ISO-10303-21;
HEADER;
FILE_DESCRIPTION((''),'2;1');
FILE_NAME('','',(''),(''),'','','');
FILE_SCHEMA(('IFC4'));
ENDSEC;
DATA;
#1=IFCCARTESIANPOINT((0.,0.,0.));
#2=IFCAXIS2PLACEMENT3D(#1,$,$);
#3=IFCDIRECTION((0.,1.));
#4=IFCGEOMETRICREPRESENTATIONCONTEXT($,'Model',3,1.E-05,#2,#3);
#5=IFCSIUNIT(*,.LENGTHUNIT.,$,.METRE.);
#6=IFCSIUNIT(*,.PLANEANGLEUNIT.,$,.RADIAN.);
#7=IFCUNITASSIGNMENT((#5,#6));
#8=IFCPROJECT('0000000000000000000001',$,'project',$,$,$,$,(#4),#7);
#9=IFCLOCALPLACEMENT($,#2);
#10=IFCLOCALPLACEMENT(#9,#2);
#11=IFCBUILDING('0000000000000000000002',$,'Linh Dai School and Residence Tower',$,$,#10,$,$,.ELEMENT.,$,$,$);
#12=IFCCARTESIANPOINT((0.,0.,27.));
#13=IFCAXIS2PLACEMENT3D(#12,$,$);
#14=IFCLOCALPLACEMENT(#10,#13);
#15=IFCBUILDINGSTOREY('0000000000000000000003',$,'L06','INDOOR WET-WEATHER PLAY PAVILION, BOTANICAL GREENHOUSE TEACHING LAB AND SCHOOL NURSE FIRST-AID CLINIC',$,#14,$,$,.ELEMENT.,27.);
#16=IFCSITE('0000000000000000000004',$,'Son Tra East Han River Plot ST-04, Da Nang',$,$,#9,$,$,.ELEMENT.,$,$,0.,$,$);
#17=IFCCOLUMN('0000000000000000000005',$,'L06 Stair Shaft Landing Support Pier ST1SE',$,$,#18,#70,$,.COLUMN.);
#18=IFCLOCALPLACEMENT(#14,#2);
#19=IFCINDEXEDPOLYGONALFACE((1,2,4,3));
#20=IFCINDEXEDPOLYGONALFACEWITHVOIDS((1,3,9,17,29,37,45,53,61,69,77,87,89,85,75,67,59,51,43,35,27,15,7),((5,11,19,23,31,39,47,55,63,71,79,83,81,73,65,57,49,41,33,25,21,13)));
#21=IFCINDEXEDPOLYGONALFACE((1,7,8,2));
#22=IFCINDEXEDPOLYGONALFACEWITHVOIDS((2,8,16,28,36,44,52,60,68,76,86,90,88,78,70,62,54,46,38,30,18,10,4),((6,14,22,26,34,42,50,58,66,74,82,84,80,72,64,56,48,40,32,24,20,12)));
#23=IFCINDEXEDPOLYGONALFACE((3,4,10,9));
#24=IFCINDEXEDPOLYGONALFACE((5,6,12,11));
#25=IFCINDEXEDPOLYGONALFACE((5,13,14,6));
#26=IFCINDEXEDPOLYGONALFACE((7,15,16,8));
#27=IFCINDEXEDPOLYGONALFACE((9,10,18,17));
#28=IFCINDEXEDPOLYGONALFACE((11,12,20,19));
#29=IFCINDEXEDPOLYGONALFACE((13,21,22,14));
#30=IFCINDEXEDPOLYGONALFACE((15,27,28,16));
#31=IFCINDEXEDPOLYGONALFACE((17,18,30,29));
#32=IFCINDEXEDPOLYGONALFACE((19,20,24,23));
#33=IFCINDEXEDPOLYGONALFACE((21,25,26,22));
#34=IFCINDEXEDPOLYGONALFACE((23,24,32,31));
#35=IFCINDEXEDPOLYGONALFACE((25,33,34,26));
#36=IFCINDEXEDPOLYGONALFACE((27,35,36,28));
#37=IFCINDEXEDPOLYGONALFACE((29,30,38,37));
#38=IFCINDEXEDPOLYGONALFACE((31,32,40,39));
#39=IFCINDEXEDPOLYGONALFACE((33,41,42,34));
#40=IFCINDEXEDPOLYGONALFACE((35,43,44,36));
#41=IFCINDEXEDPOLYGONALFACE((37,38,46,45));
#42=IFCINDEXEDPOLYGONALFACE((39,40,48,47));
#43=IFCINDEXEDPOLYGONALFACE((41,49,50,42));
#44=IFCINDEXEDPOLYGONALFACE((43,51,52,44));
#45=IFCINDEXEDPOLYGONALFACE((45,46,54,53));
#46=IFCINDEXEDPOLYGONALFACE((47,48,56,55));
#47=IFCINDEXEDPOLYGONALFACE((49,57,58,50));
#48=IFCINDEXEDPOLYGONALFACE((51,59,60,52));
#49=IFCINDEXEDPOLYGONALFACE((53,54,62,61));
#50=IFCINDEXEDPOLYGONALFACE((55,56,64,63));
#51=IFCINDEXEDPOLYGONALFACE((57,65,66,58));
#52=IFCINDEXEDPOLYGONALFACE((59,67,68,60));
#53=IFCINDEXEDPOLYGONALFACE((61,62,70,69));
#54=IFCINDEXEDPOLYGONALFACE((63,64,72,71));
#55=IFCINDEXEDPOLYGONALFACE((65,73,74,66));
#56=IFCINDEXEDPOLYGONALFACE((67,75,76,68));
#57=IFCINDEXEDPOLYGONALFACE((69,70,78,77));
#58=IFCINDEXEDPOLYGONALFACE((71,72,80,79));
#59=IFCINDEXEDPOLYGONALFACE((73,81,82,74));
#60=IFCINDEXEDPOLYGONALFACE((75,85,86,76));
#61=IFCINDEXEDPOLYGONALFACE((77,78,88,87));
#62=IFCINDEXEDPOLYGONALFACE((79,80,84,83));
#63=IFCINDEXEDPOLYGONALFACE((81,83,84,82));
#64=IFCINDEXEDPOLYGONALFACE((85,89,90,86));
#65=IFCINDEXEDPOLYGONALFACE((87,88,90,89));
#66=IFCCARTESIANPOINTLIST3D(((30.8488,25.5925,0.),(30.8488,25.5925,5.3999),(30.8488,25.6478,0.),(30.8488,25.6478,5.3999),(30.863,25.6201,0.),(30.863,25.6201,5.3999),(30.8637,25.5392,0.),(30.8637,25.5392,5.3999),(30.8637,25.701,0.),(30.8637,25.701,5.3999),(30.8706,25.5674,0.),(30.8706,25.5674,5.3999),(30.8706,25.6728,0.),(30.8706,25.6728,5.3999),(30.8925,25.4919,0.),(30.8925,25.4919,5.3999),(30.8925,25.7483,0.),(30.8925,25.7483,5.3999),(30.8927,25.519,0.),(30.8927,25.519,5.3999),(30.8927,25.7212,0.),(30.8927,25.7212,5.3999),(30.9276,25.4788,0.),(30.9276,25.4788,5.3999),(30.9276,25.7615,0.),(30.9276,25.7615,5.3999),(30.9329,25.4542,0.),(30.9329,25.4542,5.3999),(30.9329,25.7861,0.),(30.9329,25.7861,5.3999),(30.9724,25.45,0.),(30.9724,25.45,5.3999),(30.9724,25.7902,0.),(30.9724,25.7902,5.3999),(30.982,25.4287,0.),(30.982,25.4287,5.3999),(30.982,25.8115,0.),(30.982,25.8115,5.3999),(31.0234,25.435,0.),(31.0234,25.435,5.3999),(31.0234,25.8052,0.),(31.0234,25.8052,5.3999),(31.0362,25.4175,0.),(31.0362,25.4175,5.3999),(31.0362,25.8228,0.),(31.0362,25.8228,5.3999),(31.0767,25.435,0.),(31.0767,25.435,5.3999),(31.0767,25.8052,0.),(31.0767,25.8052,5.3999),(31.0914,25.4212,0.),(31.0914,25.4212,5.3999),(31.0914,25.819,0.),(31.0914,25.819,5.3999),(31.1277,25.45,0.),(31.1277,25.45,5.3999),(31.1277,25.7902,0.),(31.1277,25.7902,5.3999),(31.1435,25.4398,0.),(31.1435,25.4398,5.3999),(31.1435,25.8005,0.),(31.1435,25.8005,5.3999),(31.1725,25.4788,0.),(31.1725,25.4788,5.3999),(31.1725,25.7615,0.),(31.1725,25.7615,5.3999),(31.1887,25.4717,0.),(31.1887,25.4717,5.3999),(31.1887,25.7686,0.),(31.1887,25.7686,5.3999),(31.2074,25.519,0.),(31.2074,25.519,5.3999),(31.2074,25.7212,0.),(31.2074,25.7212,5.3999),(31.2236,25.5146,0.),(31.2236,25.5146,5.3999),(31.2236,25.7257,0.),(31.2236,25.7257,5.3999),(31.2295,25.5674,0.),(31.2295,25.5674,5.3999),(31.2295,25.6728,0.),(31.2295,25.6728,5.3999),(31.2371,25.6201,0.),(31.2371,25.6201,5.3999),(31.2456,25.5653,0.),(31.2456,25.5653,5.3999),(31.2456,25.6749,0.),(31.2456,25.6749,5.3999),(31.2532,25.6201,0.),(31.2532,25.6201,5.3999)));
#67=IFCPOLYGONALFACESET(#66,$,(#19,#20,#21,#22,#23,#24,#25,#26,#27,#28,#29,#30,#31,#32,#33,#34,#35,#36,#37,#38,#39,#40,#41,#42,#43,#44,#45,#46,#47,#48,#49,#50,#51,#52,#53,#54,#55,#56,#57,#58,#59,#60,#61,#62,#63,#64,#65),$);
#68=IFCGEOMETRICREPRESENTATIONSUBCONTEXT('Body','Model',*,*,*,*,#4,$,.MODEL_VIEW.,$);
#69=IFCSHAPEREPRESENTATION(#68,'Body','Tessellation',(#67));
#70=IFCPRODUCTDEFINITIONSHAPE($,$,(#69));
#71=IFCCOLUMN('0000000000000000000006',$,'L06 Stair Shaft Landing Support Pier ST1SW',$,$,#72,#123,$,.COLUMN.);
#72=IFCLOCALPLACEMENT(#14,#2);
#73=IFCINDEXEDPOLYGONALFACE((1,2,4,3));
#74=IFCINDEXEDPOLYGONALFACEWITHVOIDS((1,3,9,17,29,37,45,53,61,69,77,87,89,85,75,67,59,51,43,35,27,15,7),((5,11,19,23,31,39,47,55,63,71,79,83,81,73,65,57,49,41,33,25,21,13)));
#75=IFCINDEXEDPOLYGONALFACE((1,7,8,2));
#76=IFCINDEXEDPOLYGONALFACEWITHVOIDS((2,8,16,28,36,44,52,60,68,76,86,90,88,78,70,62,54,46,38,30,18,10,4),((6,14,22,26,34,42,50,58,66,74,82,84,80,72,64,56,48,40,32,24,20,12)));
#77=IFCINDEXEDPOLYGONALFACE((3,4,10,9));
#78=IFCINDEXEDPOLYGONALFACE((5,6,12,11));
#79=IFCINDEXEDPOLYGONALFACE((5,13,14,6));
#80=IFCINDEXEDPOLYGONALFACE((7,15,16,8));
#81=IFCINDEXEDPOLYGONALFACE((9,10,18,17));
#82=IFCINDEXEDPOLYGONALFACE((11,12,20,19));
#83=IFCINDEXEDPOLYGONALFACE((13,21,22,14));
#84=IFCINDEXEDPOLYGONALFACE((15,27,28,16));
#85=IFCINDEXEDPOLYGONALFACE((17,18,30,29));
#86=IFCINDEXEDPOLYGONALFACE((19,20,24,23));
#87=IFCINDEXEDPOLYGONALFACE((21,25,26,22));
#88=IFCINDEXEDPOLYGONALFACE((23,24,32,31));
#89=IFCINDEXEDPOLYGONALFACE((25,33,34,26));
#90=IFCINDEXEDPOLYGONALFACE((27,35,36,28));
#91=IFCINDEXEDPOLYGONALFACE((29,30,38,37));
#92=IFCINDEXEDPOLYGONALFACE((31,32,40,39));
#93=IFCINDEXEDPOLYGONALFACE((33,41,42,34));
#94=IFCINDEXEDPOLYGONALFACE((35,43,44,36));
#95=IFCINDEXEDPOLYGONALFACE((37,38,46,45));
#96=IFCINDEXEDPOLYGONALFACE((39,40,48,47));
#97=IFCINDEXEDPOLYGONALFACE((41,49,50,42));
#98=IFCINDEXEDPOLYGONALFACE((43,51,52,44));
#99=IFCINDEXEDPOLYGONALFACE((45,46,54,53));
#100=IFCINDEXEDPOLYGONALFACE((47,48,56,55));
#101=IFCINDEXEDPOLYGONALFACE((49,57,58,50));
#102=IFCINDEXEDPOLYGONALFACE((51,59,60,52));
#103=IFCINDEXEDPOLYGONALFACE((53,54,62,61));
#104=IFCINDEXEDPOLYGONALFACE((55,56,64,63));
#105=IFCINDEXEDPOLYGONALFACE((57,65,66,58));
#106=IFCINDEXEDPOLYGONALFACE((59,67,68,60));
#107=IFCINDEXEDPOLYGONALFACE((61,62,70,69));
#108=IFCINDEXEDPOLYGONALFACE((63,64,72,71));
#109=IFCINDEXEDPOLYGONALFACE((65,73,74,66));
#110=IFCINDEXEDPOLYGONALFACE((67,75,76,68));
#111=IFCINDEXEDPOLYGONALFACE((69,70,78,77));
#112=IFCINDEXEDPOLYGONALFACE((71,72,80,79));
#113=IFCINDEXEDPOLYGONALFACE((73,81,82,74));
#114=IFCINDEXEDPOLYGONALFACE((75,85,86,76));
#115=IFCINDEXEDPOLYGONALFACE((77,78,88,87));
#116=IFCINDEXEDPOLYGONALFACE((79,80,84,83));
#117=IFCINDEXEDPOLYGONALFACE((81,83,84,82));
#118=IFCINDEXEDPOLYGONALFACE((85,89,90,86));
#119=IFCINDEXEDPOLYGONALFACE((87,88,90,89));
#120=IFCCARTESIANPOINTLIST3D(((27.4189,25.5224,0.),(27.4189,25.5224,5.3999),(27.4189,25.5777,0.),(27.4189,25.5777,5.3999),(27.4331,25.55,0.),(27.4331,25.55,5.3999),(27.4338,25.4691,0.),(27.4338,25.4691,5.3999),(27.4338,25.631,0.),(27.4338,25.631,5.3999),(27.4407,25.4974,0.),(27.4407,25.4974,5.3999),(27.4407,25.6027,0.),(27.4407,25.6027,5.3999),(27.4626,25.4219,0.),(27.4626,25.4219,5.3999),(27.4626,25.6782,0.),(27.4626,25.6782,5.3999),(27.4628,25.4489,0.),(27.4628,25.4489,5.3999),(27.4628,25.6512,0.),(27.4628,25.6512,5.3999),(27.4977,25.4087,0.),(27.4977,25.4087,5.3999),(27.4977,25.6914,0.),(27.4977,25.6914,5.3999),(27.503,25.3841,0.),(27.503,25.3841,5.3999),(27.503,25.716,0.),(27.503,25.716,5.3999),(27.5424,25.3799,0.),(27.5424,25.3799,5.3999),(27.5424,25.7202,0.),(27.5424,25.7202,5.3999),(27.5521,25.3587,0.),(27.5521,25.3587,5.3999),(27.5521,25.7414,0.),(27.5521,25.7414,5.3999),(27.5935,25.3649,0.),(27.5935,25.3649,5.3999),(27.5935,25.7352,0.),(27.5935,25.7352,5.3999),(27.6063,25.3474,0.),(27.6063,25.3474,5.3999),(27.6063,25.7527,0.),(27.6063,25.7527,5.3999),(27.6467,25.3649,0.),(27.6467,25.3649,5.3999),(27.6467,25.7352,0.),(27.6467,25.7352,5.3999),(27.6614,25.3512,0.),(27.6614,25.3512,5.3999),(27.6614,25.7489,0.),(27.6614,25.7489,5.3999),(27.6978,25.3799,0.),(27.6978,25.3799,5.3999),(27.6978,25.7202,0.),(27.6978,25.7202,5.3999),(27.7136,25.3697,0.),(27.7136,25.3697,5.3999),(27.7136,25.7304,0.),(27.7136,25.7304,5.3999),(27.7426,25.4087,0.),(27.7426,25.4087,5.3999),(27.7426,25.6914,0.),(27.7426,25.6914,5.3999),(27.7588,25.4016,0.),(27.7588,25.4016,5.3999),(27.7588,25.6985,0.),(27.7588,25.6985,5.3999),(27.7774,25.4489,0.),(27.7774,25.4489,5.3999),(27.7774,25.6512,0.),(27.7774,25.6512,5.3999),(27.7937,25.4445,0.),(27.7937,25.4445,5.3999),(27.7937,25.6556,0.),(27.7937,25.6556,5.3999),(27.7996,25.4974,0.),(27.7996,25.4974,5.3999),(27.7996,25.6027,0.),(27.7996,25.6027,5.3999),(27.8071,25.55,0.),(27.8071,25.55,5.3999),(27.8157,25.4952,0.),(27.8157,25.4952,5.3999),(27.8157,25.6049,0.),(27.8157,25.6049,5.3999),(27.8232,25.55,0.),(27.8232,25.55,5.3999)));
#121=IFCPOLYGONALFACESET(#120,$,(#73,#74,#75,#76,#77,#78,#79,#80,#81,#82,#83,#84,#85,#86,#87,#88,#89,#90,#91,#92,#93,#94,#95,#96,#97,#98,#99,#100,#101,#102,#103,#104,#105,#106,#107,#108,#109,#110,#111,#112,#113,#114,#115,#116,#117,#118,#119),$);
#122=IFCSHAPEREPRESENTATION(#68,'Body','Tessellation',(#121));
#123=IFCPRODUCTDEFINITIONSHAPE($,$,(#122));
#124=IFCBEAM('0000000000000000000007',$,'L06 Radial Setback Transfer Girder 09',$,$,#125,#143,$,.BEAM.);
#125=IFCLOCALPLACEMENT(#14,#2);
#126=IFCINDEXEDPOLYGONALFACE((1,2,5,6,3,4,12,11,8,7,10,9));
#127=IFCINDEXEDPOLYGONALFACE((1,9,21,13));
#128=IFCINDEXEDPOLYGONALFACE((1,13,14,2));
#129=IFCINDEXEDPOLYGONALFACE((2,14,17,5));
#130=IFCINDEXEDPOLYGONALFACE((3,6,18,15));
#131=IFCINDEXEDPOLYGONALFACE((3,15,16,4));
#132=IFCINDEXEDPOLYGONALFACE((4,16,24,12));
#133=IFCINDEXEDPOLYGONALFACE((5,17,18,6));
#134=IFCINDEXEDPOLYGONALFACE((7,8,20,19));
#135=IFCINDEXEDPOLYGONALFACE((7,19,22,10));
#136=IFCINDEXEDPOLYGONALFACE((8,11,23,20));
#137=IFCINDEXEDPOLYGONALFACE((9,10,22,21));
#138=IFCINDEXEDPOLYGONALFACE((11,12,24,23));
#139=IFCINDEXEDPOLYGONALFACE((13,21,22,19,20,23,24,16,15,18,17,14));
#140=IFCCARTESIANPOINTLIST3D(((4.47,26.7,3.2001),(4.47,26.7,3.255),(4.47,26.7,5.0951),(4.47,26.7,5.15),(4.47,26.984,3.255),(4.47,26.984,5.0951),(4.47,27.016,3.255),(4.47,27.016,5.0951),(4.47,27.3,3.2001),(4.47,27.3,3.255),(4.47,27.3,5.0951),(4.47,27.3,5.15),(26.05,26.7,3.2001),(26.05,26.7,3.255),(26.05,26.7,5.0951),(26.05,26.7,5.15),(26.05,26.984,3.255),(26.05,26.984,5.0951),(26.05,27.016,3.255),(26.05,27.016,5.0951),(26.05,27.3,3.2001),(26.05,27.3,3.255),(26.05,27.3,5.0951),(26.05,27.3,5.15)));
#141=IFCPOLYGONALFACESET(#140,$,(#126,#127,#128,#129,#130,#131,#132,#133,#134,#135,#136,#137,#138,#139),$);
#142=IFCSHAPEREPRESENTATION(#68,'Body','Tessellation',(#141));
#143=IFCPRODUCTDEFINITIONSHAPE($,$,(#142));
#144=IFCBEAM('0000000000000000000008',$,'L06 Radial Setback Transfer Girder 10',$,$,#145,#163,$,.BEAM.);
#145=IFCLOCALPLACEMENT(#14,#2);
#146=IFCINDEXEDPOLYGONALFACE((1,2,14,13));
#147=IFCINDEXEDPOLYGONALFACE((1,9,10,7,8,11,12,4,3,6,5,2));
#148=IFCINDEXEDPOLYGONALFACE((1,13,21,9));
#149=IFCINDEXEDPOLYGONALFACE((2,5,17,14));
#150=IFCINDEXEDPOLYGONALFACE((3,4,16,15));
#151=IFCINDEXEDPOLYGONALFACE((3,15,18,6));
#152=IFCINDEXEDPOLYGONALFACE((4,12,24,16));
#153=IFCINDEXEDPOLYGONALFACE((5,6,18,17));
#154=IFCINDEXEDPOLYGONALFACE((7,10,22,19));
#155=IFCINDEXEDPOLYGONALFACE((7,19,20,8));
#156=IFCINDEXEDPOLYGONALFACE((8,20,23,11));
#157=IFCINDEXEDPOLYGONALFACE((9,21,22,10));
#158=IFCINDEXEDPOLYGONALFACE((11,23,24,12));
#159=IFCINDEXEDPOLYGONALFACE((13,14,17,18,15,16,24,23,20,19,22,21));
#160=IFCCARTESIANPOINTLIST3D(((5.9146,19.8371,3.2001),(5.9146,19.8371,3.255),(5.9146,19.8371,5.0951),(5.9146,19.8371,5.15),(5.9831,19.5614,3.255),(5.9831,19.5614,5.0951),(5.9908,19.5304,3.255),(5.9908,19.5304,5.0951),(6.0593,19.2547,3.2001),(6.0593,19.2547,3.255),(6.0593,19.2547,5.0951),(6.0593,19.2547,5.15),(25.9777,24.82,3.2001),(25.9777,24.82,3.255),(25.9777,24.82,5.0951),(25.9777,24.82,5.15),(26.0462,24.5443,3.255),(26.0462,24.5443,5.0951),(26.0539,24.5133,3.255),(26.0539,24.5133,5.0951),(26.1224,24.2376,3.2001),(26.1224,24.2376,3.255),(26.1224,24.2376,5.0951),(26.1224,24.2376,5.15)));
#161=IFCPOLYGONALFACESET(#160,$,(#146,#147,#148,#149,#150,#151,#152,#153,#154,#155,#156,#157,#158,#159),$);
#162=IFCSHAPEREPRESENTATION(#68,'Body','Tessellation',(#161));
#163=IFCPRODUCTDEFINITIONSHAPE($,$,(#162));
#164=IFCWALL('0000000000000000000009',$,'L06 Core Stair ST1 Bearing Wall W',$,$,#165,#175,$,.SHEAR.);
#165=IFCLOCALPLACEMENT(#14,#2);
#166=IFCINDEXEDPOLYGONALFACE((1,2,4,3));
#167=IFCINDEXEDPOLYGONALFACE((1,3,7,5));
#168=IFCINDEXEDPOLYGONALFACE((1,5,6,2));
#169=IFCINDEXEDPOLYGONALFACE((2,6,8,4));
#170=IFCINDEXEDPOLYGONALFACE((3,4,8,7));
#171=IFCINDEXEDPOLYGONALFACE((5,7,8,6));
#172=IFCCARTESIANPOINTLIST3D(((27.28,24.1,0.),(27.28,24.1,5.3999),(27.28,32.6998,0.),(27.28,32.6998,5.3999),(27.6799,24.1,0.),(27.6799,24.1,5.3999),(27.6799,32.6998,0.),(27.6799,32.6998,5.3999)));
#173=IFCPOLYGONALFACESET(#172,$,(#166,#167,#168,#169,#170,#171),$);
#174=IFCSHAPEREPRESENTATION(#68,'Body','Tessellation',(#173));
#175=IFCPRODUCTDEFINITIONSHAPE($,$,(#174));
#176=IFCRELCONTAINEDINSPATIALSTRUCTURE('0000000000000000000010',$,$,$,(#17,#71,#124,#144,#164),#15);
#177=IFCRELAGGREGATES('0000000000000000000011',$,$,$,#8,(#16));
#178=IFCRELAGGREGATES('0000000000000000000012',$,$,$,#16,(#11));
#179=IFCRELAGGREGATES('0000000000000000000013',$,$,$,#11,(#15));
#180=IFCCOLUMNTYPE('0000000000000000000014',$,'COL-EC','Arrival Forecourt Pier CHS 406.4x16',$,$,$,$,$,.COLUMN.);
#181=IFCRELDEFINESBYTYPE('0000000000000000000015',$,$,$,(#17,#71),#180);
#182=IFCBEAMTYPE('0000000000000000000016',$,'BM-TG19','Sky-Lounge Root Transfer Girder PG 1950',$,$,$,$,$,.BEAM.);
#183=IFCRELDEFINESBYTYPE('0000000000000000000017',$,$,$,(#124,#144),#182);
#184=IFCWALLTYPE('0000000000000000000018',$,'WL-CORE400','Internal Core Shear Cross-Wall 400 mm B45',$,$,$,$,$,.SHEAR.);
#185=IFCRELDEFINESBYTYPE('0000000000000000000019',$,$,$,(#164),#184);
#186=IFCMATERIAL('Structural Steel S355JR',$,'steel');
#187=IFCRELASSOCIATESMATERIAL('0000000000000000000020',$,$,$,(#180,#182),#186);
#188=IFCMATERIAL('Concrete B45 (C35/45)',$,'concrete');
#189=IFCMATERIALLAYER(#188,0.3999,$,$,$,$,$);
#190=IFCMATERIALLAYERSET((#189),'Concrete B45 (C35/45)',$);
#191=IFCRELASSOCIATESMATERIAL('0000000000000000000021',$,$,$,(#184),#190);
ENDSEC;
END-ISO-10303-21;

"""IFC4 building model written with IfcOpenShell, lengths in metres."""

from ifc_helpers import new_model, si_unit, direction, frame, frame_2d, origin, origin_2d, place, context, subcontext, project, spatial, rectangle, hollow_circle, i_section, extrude, material, layer, layer_set, material_profile, profile_set, type_object, element, save


model = new_model("IFC4")

# Units and contexts
model_context = context("Model", 3, precision=1e-05, world=origin(), true_north=direction((0.0, 1.0)))
body_context = subcontext(model_context, "Body", "Model", "MODEL_VIEW")
ifc_project = project(units=[si_unit("LENGTHUNIT", "METRE"), si_unit("PLANEANGLEUNIT", "RADIAN")], contexts=[model_context])

# Site, building, storey
site_placement = place(None, origin())
site = spatial("IfcSite", under=ifc_project, at=site_placement, Name="Son Tra East Han River Plot ST-04, Da Nang", CompositionType="ELEMENT", RefElevation=0.0)
building_placement = place(site_placement, origin())
building = spatial("IfcBuilding", under=site, at=building_placement, Name="Linh Dai School and Residence Tower", CompositionType="ELEMENT")
storey_placement = place(building_placement, frame((0.0, 0.0, 27.0)))
storey = spatial("IfcBuildingStorey", under=building, at=storey_placement, Name="L06", Description="INDOOR WET-WEATHER PLAY PAVILION, BOTANICAL GREENHOUSE TEACHING LAB AND SCHOOL NURSE FIRST-AID CLINIC", CompositionType="ELEMENT", Elevation=27.0)

# Columns
ifc_material_1 = material(Name="Structural Steel S355JR", Category="steel")
ifc_material_profile_1 = material_profile(ifc_material_1, hollow_circle(Radius=0.2031, WallThickness=0.0161, at=origin_2d()), Name="CHS 406.4x16")
ifc_profile_set_1 = profile_set([ifc_material_profile_1], Name="Structural Steel S355JR")
column_type = type_object("IfcColumnType", Name="COL-EC", Description="Arrival Forecourt Pier CHS 406.4x16", PredefinedType="COLUMN", material=ifc_profile_set_1)
for number, where, z_axis, x_axis, name in (
    (1, (31.05, 25.6201, 0.0), (0.0, 0.0, 1.0), (1.0, 0.0, 0.0), "L06 Stair Shaft Landing Support Pier ST1SE"),
    (2, (27.6201, 25.55, 0.0), (0.0, 0.0, 1.0), (1.0, 0.0, 0.0), "L06 Stair Shaft Landing Support Pier ST1SW"),
):
    element("IfcColumn", number, at=place(storey_placement, frame(where, z_axis=z_axis, x_axis=x_axis)), inside=storey, type_object=column_type, Name=name, PredefinedType="COLUMN", context=body_context, shape_type="SweptSolid", body=[
        extrude(hollow_circle(Radius=0.2031, WallThickness=0.0161, at=origin_2d()), origin(), (0.0, 0.0, 1.0), 5.3999),
    ])

# Beams
ifc_material_profile_2 = material_profile(ifc_material_1, i_section(OverallWidth=0.6001, OverallDepth=1.95, WebThickness=0.032, FlangeThickness=0.0549, at=origin_2d()), Name="PG 1950x600x32x55")
ifc_profile_set_2 = profile_set([ifc_material_profile_2], Name="Structural Steel S355JR")
beam_type = type_object("IfcBeamType", Name="BM-TG19", Description="Sky-Lounge Root Transfer Girder PG 1950", PredefinedType="BEAM", material=ifc_profile_set_2)
beam_1_placement = place(storey_placement, frame((26.05, 27.0, 4.175), z_axis=(-1.0, 0.0, 0.0), x_axis=(0.0, -1.0, 0.0)))
element("IfcBeam", 3, at=beam_1_placement, inside=storey, type_object=beam_type, Name="L06 Radial Setback Transfer Girder 09", PredefinedType="BEAM", context=body_context, shape_type="SweptSolid", body=[
    extrude(i_section(OverallWidth=0.6001, OverallDepth=1.95, WebThickness=0.032, FlangeThickness=0.0549, at=origin_2d()), origin(), (0.0, 0.0, 1.0), 21.5801),
])
beam_2_placement = place(storey_placement, frame((26.05, 24.5288, 4.175), z_axis=(-0.970515, -0.24104, 0.0), x_axis=(0.24104, -0.970515, 0.0)))
element("IfcBeam", 4, at=beam_2_placement, inside=storey, type_object=beam_type, Name="L06 Radial Setback Transfer Girder 10", PredefinedType="BEAM", context=body_context, shape_type="SweptSolid", body=[
    extrude(i_section(OverallWidth=0.6001, OverallDepth=1.95, WebThickness=0.032, FlangeThickness=0.0549, at=origin_2d()), origin(), (0.0, 0.0, 1.0), 20.6726),
])

# Shared definitions
ifc_material_2 = material(Name="Concrete B45 (C35/45)", Category="concrete")

# Wall
ifc_layer_1 = layer(ifc_material_2, 0.3999)
ifc_layer_set_1 = layer_set([ifc_layer_1], Name="Concrete B45 (C35/45)")
wall_type_1 = type_object("IfcWallType", Name="WL-CORE400", Description="Internal Core Shear Cross-Wall 400 mm B45", PredefinedType="SHEAR", material=ifc_layer_set_1)
wall_1_placement = place(storey_placement, frame((27.48, 24.1001, 0.0), z_axis=(0.0, 0.0, 1.0), x_axis=(0.0, 1.0, 0.0)))
element("IfcWall", 5, at=wall_1_placement, inside=storey, type_object=wall_type_1, Name="L06 Core Stair ST1 Bearing Wall W", PredefinedType="SHEAR", context=body_context, shape_type="SweptSolid", body=[
    extrude(rectangle(XDim=8.5999, YDim=0.3999, at=frame_2d((4.2998, 0.0))), origin(), (0.0, 0.0, 1.0), 5.3999),
])

save(model, "model.ifc")
